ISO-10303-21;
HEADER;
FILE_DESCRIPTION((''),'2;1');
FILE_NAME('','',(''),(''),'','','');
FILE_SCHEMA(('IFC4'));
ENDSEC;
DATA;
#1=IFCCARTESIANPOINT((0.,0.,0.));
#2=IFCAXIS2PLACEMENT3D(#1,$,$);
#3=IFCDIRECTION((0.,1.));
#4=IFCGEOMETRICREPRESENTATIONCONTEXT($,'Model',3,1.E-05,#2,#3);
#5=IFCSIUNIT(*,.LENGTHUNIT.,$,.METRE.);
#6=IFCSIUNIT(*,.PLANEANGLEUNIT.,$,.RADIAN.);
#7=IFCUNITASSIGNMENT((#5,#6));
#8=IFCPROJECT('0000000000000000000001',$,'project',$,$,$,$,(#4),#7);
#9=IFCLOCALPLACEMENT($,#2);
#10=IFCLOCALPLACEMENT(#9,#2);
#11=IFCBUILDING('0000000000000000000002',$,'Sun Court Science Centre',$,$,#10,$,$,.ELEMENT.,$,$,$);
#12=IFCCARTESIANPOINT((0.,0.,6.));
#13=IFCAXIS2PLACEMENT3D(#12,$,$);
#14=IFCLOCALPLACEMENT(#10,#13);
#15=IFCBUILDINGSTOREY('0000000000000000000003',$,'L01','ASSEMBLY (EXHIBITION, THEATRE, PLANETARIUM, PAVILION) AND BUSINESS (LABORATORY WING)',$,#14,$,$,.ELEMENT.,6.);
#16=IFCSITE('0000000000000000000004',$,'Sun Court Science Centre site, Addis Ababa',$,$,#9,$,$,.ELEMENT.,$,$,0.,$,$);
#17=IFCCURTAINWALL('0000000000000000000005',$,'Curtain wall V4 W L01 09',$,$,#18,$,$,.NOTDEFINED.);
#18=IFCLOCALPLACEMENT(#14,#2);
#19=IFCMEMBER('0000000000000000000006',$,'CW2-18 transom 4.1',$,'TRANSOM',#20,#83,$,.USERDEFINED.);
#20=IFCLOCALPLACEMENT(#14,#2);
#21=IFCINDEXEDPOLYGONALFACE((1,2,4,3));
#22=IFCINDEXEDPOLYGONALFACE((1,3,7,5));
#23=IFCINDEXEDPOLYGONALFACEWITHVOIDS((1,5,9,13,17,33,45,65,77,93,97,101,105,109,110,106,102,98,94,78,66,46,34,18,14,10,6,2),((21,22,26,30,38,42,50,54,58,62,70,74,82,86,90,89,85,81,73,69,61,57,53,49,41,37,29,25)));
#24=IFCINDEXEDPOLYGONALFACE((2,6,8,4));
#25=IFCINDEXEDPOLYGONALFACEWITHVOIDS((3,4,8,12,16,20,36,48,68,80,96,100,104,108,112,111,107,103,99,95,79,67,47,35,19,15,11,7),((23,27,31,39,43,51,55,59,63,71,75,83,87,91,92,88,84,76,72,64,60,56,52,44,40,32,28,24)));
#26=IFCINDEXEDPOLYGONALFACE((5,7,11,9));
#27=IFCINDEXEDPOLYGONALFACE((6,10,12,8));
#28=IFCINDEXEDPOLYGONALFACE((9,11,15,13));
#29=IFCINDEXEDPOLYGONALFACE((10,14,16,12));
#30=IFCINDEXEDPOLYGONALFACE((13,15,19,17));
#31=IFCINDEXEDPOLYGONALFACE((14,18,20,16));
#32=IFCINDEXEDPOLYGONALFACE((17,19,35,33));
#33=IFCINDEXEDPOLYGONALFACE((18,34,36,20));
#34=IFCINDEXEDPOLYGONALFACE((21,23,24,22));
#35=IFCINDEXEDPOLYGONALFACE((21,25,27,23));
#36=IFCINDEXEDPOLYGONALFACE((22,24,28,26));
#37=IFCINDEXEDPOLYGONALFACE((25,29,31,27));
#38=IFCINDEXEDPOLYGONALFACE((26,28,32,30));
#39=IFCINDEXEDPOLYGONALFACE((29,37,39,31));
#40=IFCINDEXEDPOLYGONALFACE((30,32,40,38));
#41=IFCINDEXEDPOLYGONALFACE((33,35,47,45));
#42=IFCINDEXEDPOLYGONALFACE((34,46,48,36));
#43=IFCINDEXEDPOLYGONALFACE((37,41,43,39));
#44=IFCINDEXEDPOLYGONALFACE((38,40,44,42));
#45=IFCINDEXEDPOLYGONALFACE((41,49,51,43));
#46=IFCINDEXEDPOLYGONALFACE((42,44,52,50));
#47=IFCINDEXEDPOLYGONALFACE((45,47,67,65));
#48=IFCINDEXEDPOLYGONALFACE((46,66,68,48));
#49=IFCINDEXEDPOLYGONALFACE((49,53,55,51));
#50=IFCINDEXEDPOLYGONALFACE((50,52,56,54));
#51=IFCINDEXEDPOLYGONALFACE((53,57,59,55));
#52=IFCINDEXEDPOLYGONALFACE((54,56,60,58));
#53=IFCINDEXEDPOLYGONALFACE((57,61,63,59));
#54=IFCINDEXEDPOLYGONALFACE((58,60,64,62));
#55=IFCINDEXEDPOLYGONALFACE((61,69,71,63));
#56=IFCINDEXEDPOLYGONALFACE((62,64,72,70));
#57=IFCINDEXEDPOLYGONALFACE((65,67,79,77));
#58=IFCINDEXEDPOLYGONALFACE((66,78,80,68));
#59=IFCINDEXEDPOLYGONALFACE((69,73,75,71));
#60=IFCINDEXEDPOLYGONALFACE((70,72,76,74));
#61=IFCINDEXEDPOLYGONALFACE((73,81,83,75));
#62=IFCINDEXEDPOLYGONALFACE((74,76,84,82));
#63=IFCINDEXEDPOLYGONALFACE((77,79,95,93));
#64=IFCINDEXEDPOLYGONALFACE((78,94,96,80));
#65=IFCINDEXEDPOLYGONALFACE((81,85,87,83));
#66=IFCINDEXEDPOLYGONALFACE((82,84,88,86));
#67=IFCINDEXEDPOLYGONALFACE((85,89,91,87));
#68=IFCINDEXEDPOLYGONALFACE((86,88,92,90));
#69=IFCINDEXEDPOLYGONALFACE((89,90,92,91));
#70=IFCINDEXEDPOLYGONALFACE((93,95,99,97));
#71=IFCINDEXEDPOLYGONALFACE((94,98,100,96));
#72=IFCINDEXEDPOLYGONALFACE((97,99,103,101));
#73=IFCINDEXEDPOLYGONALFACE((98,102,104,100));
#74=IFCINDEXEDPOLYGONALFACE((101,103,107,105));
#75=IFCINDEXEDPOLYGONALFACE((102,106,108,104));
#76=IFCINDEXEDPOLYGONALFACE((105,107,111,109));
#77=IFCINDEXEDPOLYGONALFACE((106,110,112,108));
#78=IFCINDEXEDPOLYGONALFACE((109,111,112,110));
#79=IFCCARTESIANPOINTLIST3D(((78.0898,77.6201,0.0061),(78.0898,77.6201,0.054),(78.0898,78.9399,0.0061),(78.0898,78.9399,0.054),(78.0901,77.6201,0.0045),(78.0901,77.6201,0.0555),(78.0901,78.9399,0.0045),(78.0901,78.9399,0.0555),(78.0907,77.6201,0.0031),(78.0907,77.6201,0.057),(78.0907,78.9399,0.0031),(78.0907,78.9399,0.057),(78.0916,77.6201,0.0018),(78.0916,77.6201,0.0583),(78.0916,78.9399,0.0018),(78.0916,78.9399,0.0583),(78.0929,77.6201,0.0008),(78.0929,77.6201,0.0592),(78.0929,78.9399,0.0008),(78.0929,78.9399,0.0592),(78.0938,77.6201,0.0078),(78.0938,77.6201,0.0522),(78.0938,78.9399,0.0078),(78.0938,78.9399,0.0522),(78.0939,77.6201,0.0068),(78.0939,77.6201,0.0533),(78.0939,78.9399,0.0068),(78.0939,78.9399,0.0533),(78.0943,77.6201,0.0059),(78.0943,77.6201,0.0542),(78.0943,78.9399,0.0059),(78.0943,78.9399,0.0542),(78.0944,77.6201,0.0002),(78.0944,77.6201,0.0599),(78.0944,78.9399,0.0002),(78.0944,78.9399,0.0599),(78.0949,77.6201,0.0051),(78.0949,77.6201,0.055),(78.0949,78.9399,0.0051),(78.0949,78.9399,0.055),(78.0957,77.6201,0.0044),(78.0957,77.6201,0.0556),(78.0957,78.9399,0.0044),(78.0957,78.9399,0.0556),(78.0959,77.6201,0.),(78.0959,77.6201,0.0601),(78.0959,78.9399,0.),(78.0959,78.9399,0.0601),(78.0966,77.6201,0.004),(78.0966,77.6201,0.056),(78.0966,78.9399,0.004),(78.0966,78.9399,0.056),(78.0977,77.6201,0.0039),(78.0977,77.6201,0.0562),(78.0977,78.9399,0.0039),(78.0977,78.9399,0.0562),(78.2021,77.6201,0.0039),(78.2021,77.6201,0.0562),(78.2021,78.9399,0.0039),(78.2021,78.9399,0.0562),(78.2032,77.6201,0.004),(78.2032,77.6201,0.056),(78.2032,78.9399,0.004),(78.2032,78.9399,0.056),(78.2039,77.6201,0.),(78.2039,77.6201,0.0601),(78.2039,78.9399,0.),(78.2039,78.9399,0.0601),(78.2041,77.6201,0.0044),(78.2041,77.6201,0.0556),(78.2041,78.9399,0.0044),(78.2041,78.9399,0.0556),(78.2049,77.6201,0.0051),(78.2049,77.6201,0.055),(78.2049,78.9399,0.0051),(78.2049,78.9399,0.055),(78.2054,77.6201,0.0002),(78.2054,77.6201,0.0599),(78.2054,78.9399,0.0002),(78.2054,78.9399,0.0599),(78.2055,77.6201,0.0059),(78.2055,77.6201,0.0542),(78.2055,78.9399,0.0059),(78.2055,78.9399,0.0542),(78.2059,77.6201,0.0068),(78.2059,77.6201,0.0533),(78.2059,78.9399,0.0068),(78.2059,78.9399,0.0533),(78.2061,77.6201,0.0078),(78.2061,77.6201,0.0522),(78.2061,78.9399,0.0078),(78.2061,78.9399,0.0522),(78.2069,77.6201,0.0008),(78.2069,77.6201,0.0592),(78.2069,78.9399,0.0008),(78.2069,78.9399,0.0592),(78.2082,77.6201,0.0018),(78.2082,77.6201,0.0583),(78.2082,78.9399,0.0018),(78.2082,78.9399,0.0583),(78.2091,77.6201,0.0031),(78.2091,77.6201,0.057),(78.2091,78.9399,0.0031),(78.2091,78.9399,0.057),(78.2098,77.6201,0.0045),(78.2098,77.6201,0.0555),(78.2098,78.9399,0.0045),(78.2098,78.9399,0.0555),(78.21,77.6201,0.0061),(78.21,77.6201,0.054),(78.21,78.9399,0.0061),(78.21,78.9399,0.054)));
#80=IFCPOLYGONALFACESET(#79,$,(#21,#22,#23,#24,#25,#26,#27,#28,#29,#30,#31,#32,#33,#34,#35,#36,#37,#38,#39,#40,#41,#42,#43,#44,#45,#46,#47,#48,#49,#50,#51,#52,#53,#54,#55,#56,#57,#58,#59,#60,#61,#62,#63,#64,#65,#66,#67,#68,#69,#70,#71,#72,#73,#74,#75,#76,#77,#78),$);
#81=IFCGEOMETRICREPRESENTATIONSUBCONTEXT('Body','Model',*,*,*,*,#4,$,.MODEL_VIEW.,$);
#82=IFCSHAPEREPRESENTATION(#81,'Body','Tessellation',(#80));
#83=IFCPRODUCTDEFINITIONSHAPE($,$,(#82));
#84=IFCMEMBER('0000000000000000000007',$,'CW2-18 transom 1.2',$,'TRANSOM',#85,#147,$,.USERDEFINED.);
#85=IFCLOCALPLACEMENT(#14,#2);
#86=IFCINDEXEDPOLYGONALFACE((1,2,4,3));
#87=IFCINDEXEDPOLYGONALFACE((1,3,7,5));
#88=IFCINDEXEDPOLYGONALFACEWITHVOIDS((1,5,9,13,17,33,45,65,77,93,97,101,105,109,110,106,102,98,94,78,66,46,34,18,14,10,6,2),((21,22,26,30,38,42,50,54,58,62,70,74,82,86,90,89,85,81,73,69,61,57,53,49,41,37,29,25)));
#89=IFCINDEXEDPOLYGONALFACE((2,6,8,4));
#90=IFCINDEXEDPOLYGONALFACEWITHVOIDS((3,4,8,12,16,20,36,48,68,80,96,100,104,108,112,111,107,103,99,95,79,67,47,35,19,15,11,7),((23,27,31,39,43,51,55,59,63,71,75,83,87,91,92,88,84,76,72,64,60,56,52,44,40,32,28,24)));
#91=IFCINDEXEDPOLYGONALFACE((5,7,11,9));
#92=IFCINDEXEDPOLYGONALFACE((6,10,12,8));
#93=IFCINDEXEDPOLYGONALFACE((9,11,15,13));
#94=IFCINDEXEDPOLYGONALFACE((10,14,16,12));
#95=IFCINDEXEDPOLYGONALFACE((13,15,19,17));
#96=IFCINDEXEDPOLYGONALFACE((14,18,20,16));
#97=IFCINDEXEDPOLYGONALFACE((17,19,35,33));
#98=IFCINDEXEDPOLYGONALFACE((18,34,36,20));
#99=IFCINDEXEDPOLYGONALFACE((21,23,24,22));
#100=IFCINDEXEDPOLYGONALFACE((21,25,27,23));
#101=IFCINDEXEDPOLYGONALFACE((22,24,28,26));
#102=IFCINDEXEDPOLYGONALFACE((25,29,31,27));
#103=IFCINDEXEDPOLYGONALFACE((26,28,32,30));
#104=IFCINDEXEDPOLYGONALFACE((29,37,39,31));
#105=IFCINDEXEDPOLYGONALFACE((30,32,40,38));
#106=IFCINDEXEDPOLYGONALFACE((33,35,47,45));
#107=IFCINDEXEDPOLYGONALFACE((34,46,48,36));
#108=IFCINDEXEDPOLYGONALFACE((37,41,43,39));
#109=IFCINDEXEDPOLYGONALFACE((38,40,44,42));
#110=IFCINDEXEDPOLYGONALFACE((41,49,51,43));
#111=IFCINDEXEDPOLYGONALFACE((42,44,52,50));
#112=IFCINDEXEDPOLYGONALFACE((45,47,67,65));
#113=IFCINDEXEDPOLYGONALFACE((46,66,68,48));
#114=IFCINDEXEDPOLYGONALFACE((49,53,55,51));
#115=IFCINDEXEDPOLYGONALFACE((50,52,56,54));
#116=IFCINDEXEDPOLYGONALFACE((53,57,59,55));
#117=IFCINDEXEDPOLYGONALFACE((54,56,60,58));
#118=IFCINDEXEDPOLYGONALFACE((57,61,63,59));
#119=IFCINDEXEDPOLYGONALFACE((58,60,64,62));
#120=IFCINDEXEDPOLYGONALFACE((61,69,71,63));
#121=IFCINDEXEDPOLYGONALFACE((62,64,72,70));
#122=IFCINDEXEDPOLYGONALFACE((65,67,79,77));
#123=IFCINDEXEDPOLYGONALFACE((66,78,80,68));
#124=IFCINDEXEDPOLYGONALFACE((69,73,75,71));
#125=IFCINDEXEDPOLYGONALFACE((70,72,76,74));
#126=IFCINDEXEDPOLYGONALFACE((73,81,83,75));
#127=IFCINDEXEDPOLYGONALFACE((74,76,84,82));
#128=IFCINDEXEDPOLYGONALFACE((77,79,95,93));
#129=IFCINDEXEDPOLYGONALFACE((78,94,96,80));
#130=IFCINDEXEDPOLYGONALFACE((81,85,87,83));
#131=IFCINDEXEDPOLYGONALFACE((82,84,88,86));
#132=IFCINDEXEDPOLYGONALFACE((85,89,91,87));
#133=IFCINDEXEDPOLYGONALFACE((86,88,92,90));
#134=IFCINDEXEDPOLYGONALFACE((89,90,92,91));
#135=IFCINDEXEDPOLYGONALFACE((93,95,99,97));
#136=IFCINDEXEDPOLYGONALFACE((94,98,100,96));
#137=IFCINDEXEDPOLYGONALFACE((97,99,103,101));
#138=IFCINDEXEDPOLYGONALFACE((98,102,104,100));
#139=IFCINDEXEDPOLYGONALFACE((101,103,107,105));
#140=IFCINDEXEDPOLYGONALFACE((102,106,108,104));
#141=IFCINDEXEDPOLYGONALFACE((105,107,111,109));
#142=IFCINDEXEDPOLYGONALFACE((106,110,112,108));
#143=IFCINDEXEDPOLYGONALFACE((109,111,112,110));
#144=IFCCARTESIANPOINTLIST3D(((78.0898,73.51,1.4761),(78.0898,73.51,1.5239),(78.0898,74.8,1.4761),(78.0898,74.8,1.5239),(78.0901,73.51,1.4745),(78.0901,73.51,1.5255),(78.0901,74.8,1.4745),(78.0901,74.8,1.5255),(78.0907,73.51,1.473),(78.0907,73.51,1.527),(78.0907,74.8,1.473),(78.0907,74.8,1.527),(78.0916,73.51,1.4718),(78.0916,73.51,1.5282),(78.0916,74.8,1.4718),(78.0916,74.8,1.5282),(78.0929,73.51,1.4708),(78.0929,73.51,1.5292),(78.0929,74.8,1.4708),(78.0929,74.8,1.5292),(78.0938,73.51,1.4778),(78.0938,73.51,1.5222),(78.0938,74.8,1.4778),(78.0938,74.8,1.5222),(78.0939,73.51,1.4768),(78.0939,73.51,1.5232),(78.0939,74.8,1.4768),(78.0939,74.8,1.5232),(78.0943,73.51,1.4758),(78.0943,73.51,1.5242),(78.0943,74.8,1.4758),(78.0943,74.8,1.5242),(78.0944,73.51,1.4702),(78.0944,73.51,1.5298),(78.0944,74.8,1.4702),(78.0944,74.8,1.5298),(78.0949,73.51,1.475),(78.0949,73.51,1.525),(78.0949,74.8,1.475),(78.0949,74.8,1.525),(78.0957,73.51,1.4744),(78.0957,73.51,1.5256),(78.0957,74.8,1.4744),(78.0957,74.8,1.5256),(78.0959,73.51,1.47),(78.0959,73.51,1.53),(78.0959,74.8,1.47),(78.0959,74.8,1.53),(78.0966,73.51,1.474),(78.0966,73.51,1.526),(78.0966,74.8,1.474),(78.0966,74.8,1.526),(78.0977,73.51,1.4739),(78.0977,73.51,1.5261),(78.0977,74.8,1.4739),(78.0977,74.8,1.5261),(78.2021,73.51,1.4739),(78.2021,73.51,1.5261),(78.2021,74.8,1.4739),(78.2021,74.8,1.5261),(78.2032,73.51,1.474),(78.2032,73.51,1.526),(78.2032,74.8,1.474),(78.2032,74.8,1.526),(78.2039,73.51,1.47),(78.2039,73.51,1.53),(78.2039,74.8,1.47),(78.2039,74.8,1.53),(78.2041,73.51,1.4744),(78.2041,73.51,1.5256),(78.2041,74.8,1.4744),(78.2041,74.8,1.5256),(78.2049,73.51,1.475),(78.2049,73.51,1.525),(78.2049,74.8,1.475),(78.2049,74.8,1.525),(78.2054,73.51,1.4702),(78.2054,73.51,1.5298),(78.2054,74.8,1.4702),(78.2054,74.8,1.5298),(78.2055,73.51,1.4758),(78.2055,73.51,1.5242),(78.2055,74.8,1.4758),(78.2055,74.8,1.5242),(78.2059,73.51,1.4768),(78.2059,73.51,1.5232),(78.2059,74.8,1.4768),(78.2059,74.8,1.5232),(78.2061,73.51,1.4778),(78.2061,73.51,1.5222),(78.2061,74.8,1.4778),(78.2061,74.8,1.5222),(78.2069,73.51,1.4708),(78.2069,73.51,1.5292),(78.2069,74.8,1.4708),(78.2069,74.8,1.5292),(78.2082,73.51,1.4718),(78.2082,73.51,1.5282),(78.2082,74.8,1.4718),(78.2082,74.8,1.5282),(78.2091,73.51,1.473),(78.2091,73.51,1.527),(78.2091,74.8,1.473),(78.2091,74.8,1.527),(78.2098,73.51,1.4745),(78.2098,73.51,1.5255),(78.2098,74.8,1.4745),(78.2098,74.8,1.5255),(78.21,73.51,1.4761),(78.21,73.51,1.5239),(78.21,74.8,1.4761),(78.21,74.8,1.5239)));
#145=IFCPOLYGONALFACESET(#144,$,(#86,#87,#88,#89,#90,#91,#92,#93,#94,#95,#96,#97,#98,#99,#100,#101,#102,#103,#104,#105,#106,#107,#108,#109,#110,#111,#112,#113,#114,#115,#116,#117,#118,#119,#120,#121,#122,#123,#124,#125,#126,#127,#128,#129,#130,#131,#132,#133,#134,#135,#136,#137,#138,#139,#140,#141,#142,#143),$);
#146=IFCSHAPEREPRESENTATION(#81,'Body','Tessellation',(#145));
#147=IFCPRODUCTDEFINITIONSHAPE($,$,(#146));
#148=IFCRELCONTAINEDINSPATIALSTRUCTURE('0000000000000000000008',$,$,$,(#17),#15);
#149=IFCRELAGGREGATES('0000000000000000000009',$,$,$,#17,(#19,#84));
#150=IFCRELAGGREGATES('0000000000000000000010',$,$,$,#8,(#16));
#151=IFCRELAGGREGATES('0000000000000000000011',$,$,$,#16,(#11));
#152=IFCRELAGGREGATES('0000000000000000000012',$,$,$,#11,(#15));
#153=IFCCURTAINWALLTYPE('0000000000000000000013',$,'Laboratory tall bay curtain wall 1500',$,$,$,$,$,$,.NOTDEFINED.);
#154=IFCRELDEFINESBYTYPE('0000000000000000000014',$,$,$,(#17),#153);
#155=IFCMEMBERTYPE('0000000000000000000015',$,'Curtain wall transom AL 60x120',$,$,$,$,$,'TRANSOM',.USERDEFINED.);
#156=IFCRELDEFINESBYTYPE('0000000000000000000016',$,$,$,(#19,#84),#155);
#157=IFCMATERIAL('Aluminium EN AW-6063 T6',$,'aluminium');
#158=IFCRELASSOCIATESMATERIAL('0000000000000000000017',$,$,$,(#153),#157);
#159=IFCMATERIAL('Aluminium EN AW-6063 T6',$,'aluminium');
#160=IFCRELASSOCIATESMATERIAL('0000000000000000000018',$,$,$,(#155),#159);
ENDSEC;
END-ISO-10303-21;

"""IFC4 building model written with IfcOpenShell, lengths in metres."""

from ifc_helpers import new_model, si_unit, direction, frame, origin, origin_2d, place, context, subcontext, project, spatial, hollow_rectangle, extrude, material, material_profile, profile_set, type_object, element, aggregate, save


model = new_model("IFC4")

# Units and contexts
model_context = context("Model", 3, precision=1e-05, world=origin(), true_north=direction((0.0, 1.0)))
body_context = subcontext(model_context, "Body", "Model", "MODEL_VIEW")
ifc_project = project(units=[si_unit("LENGTHUNIT", "METRE"), si_unit("PLANEANGLEUNIT", "RADIAN")], contexts=[model_context])

# Site, building, storey
site_placement = place(None, origin())
site = spatial("IfcSite", under=ifc_project, at=site_placement, Name="Sun Court Science Centre site, Addis Ababa", CompositionType="ELEMENT", RefElevation=0.0)
building_placement = place(site_placement, origin())
building = spatial("IfcBuilding", under=site, at=building_placement, Name="Sun Court Science Centre", CompositionType="ELEMENT")
storey_placement = place(building_placement, frame((0.0, 0.0, 6.0)))
storey = spatial("IfcBuildingStorey", under=building, at=storey_placement, Name="L01", Description="ASSEMBLY (EXHIBITION, THEATRE, PLANETARIUM, PAVILION) AND BUSINESS (LABORATORY WING)", CompositionType="ELEMENT", Elevation=6.0)

# Shared definitions
ifc_material_1 = material(Name="Aluminium EN AW-6063 T6", Category="aluminium")
curtain_wall_type = type_object("IfcCurtainWallType", Name="Laboratory tall bay curtain wall 1500", PredefinedType="NOTDEFINED", material=ifc_material_1)

# Curtain wall
curtain_wall_1_placement = place(storey_placement, origin())
curtain_wall_1 = element("IfcCurtainWall", 1, at=curtain_wall_1_placement, inside=storey, type_object=curtain_wall_type, Name="Curtain wall V4 W L01 09", PredefinedType="NOTDEFINED")

# Members
ifc_material_2 = material(Name="Aluminium EN AW-6063 T6", Category="aluminium")
ifc_material_profile_1 = material_profile(ifc_material_2, hollow_rectangle(XDim=0.0601, YDim=0.1201, WallThickness=0.0039, InnerFilletRadius=0.0039, OuterFilletRadius=0.0061, at=origin_2d()), Name="AL 60x120x4")
ifc_profile_set_1 = profile_set([ifc_material_profile_1], Name="Aluminium EN AW-6063 T6")
member_type_1 = type_object("IfcMemberType", Name="Curtain wall transom AL 60x120", ElementType="TRANSOM", PredefinedType="USERDEFINED", material=ifc_profile_set_1)
member_1_placement = place(storey_placement, frame((78.1499, 77.6201, 0.03), z_axis=(0.0, 1.0, 0.0), x_axis=(0.0, 0.0, 1.0)))
member_1 = element("IfcMember", 2, at=member_1_placement, type_object=member_type_1, Name="CW2-18 transom 4.1", ObjectType="TRANSOM", PredefinedType="USERDEFINED", context=body_context, shape_type="SweptSolid", body=[
    extrude(hollow_rectangle(XDim=0.0601, YDim=0.1201, WallThickness=0.0039, InnerFilletRadius=0.0039, OuterFilletRadius=0.0061, at=origin_2d()), origin(), (0.0, 0.0, 1.0), 1.3198),
])
member_2_placement = place(storey_placement, frame((78.1499, 73.51, 1.5), z_axis=(0.0, 1.0, 0.0), x_axis=(0.0, 0.0, 1.0)))
member_2 = element("IfcMember", 3, at=member_2_placement, type_object=member_type_1, Name="CW2-18 transom 1.2", ObjectType="TRANSOM", PredefinedType="USERDEFINED", context=body_context, shape_type="SweptSolid", body=[
    extrude(hollow_rectangle(XDim=0.0601, YDim=0.1201, WallThickness=0.0039, InnerFilletRadius=0.0039, OuterFilletRadius=0.0061, at=origin_2d()), origin(), (0.0, 0.0, 1.0), 1.29),
])

aggregate(curtain_wall_1, [member_1, member_2])

save(model, "model.ifc")
